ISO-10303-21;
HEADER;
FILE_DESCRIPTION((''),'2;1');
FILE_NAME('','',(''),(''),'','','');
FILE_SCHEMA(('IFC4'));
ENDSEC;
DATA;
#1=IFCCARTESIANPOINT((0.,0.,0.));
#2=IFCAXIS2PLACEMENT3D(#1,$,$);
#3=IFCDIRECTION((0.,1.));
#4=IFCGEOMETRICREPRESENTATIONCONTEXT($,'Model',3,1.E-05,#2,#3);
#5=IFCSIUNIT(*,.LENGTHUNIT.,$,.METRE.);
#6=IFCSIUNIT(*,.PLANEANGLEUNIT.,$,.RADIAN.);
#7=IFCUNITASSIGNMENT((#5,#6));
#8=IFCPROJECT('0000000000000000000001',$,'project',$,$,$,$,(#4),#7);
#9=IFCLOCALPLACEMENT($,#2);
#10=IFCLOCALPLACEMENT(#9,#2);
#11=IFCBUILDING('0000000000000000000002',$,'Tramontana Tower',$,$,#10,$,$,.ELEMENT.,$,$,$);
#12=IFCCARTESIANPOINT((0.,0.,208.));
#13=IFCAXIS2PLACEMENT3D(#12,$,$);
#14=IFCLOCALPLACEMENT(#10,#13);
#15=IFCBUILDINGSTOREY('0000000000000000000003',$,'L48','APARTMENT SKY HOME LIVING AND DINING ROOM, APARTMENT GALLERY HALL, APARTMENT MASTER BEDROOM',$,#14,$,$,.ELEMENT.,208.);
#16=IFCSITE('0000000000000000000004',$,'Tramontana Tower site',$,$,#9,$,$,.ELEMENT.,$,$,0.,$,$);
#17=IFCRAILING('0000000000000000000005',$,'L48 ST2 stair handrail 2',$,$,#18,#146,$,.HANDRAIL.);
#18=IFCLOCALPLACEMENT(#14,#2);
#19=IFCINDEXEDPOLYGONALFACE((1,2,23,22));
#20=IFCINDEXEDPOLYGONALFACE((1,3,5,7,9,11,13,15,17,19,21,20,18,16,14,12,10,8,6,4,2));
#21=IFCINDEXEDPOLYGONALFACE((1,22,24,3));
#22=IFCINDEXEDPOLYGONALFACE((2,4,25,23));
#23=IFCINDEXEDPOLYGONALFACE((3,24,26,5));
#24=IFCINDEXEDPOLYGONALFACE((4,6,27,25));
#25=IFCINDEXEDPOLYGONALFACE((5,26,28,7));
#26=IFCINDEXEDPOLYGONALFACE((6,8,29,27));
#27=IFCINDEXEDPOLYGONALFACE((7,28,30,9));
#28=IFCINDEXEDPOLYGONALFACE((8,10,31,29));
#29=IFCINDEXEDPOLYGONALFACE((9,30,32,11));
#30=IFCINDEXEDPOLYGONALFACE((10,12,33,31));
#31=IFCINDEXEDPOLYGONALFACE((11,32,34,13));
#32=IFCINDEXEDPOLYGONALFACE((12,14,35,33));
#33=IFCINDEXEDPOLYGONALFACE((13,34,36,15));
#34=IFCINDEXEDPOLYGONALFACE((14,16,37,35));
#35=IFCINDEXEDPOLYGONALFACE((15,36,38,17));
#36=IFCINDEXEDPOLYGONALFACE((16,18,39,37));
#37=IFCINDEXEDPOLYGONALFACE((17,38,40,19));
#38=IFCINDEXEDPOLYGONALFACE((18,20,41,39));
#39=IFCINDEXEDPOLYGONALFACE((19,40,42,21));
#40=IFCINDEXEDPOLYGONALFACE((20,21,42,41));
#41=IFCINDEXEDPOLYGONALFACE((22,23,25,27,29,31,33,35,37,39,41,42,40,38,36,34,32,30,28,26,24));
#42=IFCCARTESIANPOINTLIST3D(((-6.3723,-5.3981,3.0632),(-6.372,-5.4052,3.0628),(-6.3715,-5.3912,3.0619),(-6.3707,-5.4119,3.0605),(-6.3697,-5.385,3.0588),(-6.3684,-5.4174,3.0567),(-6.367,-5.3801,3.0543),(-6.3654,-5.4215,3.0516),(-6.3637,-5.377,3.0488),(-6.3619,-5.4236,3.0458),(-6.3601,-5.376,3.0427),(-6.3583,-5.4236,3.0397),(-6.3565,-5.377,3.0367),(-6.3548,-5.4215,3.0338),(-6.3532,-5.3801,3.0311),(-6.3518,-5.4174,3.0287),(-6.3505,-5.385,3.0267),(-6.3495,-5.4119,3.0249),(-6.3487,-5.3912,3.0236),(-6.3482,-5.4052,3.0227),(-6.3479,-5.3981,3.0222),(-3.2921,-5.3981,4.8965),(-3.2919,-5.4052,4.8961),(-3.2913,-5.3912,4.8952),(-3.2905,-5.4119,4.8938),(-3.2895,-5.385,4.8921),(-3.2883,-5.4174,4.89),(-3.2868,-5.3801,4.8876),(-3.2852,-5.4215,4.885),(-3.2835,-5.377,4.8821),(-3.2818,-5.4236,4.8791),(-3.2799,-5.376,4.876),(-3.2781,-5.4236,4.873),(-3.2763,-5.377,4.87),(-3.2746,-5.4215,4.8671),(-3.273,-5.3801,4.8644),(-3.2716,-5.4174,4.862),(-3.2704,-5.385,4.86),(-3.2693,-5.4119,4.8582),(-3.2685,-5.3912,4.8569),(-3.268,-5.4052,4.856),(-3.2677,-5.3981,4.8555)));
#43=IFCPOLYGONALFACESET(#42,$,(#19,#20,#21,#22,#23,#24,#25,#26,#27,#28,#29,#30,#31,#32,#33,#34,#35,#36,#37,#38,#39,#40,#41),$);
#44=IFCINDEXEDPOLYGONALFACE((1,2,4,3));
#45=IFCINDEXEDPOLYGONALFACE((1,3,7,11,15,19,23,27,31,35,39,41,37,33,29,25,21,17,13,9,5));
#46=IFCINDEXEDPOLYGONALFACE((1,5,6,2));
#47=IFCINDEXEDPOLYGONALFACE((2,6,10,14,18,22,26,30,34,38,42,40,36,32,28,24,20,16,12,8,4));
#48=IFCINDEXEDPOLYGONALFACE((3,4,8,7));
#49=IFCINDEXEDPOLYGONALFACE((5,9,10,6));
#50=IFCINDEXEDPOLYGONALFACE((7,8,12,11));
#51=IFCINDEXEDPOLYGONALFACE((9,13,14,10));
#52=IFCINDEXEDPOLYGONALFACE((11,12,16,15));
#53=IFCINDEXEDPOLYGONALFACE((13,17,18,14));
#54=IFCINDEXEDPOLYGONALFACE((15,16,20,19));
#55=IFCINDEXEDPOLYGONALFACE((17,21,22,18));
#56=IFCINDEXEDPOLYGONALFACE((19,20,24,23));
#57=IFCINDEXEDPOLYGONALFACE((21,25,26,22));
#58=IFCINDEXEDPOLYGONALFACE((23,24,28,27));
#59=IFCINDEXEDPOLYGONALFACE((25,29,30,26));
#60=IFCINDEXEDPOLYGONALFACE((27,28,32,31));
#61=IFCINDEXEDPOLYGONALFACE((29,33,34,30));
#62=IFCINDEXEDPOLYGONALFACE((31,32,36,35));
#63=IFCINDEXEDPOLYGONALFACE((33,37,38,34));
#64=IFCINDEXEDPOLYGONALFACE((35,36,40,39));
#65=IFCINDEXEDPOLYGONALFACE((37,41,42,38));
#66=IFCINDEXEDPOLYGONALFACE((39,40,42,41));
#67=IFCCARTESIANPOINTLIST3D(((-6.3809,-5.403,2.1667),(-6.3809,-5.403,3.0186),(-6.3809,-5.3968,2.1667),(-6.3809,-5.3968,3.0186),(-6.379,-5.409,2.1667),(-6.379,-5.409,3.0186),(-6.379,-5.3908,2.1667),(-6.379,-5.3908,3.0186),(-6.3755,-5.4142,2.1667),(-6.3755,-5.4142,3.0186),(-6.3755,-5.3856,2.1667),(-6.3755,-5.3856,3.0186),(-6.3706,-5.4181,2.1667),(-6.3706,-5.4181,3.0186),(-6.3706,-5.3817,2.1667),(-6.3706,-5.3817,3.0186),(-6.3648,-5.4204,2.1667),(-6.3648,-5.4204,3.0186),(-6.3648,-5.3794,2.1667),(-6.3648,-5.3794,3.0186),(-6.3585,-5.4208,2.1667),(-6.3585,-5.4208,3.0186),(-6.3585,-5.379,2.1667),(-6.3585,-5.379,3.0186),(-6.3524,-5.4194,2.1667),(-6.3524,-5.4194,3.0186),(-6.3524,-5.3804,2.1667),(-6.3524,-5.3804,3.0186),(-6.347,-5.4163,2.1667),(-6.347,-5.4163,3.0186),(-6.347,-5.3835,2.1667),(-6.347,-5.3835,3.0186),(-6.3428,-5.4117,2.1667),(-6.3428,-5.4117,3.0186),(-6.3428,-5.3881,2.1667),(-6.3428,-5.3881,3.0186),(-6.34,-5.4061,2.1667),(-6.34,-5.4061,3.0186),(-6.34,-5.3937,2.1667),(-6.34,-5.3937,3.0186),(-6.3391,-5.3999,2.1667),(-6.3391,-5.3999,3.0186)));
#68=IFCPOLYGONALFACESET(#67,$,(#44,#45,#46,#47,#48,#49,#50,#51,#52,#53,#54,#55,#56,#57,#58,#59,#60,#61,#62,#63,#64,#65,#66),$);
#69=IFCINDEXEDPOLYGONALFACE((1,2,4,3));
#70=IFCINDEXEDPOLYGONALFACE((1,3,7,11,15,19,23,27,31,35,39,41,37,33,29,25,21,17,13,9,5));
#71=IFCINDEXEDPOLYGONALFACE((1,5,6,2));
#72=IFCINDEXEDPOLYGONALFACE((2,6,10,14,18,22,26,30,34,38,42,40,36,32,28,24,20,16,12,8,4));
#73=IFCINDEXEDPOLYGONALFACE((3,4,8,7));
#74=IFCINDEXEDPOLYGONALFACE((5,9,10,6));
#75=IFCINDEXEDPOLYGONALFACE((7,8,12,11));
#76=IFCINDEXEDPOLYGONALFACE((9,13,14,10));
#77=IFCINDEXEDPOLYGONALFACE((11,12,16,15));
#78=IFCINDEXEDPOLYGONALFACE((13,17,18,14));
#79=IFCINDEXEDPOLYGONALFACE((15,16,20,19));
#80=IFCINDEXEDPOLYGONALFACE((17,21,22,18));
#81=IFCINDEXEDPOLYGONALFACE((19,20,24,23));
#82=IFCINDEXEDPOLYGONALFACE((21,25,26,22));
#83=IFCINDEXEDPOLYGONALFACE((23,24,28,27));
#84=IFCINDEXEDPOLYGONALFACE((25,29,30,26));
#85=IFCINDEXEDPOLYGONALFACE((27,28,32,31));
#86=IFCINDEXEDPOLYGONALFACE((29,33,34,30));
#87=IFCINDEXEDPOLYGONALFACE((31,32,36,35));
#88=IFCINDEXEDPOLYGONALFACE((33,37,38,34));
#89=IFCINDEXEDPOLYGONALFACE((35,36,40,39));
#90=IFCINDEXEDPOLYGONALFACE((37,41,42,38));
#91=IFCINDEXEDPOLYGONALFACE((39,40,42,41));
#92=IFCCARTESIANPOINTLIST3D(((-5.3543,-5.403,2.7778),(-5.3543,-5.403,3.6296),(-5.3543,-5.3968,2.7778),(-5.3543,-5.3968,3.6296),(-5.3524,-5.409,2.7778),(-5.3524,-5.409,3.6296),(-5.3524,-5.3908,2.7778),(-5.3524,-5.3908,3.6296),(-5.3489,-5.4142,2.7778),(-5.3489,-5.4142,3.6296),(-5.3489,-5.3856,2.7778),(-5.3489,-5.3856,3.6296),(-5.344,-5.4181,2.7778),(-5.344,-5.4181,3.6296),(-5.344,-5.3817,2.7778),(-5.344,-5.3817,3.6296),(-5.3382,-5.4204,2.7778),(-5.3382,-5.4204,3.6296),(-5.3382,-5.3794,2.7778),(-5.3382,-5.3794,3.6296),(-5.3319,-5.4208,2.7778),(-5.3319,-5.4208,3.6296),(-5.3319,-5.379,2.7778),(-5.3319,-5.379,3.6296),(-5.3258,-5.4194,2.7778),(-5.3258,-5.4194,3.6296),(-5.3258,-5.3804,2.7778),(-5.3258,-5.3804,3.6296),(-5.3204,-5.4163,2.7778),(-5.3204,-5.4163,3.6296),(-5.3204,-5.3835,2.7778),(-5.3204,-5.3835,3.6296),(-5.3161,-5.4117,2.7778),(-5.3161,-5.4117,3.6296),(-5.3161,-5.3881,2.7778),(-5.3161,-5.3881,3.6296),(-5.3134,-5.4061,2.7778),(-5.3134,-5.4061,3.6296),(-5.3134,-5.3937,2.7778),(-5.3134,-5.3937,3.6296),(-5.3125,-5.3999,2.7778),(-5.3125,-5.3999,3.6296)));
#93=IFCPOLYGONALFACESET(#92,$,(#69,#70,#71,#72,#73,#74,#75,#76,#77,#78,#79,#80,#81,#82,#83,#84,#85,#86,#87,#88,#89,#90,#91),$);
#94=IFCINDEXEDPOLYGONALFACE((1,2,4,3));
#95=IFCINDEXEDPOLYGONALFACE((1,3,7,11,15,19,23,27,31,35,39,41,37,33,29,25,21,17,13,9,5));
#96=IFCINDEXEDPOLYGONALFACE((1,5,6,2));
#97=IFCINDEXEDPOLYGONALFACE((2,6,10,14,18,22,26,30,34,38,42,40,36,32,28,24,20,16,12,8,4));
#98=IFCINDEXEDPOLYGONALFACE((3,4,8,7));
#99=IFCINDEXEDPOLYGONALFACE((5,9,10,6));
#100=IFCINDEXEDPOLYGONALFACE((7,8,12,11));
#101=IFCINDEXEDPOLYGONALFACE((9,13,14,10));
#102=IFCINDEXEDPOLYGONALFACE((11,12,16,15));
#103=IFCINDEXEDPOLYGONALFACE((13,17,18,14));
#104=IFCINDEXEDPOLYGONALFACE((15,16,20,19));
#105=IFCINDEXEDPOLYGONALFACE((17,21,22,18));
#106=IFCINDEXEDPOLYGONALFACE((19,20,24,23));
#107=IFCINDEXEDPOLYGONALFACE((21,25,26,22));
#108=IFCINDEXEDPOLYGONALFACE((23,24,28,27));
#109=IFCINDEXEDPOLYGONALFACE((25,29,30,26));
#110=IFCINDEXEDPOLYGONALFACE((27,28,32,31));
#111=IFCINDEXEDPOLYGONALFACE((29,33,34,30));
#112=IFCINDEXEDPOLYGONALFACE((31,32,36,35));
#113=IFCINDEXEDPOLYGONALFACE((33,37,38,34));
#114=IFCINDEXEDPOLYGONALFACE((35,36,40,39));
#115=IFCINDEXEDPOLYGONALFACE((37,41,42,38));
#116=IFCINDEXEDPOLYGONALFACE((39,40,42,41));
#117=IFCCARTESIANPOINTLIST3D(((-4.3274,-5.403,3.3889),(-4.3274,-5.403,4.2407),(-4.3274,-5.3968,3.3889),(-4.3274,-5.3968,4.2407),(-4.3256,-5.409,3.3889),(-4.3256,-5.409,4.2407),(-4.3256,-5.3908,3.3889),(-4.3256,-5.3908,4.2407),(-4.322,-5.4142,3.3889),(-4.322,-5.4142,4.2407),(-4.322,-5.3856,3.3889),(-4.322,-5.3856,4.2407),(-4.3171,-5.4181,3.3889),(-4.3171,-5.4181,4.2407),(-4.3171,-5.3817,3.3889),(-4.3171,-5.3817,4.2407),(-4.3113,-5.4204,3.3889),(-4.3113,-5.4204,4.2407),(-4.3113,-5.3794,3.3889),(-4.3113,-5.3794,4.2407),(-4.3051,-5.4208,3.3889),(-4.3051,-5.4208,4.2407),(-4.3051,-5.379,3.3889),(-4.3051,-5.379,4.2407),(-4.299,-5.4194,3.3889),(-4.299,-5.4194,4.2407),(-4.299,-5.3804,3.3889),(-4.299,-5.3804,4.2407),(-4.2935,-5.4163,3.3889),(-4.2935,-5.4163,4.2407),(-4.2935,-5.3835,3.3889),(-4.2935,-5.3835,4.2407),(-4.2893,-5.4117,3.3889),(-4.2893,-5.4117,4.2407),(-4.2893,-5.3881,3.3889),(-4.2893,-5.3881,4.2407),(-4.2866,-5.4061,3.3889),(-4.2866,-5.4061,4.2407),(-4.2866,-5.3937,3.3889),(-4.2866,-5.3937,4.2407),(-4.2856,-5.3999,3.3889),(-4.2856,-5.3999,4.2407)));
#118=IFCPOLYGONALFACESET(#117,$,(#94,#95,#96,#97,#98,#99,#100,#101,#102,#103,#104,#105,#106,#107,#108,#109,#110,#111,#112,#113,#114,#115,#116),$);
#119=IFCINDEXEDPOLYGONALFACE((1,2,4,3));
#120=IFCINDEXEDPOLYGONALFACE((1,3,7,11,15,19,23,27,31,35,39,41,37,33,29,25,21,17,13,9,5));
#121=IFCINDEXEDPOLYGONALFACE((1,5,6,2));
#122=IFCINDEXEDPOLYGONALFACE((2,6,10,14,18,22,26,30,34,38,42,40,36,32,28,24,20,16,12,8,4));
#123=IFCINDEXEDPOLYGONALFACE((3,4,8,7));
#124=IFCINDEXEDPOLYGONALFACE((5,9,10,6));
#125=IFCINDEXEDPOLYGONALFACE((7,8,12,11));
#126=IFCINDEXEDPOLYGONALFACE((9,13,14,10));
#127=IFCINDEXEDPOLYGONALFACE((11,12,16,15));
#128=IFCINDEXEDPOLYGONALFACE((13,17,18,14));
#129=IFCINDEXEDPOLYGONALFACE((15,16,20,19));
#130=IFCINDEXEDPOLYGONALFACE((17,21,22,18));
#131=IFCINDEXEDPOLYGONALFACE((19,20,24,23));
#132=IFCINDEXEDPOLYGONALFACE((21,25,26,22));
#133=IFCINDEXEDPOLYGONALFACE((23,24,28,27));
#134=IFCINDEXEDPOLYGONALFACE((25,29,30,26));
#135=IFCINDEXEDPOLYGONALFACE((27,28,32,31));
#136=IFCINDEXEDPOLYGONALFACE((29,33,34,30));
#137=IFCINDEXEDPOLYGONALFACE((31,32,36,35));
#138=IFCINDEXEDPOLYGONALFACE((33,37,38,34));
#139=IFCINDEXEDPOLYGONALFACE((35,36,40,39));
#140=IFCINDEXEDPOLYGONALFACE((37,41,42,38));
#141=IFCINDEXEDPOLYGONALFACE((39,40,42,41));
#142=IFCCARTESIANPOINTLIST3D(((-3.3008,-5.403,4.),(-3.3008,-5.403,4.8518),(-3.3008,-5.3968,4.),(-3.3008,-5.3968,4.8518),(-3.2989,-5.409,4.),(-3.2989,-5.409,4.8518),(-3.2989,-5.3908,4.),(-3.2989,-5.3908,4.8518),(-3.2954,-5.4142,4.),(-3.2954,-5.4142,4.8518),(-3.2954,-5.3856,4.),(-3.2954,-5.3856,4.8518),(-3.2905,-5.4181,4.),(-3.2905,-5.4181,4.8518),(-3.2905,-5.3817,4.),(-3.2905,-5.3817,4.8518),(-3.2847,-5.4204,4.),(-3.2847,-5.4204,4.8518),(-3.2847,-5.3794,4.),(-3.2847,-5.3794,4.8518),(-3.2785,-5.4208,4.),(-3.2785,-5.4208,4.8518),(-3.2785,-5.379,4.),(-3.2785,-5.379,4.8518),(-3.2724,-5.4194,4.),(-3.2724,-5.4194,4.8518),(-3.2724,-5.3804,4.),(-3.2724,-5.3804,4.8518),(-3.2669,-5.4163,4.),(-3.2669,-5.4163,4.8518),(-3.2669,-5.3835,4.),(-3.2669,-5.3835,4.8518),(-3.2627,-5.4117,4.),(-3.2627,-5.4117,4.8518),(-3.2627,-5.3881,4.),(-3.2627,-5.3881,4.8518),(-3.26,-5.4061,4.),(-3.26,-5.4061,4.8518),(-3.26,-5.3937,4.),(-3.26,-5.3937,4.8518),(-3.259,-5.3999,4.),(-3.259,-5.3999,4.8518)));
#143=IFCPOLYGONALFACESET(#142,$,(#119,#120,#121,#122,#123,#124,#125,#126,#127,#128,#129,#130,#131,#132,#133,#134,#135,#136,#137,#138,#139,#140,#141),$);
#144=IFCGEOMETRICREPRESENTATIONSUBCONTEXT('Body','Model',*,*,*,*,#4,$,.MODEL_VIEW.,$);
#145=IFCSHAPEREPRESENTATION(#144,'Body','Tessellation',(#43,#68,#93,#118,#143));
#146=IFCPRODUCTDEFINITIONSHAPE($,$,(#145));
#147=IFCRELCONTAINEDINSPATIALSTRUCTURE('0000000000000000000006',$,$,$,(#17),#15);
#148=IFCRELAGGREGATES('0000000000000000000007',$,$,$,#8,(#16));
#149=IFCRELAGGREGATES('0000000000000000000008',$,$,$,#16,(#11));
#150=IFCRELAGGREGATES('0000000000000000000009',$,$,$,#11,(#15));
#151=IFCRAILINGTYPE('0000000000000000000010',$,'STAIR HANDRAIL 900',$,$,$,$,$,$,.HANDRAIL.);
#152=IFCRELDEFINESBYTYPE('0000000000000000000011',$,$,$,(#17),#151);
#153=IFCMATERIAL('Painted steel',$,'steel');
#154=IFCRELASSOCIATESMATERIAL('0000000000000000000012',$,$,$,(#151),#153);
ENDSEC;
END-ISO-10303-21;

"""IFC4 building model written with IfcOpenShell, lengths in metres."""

from ifc_helpers import new_model, si_unit, direction, frame, origin, origin_2d, place, context, subcontext, project, spatial, circle, extrude, material, type_object, element, save


model = new_model("IFC4")

# Units and contexts
model_context = context("Model", 3, precision=1e-05, world=origin(), true_north=direction((0.0, 1.0)))
body_context = subcontext(model_context, "Body", "Model", "MODEL_VIEW")
ifc_project = project(units=[si_unit("LENGTHUNIT", "METRE"), si_unit("PLANEANGLEUNIT", "RADIAN")], contexts=[model_context])

# Site, building, storey
site_placement = place(None, origin())
site = spatial("IfcSite", under=ifc_project, at=site_placement, Name="Tramontana Tower site", CompositionType="ELEMENT", RefElevation=0.0)
building_placement = place(site_placement, origin())
building = spatial("IfcBuilding", under=site, at=building_placement, Name="Tramontana Tower", CompositionType="ELEMENT")
storey_placement = place(building_placement, frame((0.0, 0.0, 208.0)))
storey = spatial("IfcBuildingStorey", under=building, at=storey_placement, Name="L48", Description="APARTMENT SKY HOME LIVING AND DINING ROOM, APARTMENT GALLERY HALL, APARTMENT MASTER BEDROOM", CompositionType="ELEMENT", Elevation=208.0)

# Railing
ifc_material_1 = material(Name="Painted steel", Category="steel")
railing_type_1 = type_object("IfcRailingType", Name="STAIR HANDRAIL 900", PredefinedType="HANDRAIL", material=ifc_material_1)
railing_1_placement = place(storey_placement, frame((-6.3601, -5.3999, 2.1667)))
element("IfcRailing", 1, at=railing_1_placement, inside=storey, type_object=railing_type_1, Name="L48 ST2 stair handrail 2", PredefinedType="HANDRAIL", context=body_context, shape_type="SweptSolid", body=[
    extrude(circle(Radius=0.0239, at=origin_2d()), frame((0.0, 0.0, 0.876), z_axis=(0.859309, 0.0, 0.511458), x_axis=(0.0, 1.0, 0.0)), (0.0, 0.0, 1.0), 3.5845),
    extrude(circle(Radius=0.021, at=origin_2d()), origin(), (0.0, 0.0, 1.0), 0.8518),
    extrude(circle(Radius=0.021, at=origin_2d()), frame((1.0266, 0.0, 0.6111)), (0.0, 0.0, 1.0), 0.8518),
    extrude(circle(Radius=0.021, at=origin_2d()), frame((2.0535, 0.0, 1.2222)), (0.0, 0.0, 1.0), 0.8518),
    extrude(circle(Radius=0.021, at=origin_2d()), frame((3.0801, 0.0, 1.8333)), (0.0, 0.0, 1.0), 0.8518),
])

save(model, "model.ifc")
